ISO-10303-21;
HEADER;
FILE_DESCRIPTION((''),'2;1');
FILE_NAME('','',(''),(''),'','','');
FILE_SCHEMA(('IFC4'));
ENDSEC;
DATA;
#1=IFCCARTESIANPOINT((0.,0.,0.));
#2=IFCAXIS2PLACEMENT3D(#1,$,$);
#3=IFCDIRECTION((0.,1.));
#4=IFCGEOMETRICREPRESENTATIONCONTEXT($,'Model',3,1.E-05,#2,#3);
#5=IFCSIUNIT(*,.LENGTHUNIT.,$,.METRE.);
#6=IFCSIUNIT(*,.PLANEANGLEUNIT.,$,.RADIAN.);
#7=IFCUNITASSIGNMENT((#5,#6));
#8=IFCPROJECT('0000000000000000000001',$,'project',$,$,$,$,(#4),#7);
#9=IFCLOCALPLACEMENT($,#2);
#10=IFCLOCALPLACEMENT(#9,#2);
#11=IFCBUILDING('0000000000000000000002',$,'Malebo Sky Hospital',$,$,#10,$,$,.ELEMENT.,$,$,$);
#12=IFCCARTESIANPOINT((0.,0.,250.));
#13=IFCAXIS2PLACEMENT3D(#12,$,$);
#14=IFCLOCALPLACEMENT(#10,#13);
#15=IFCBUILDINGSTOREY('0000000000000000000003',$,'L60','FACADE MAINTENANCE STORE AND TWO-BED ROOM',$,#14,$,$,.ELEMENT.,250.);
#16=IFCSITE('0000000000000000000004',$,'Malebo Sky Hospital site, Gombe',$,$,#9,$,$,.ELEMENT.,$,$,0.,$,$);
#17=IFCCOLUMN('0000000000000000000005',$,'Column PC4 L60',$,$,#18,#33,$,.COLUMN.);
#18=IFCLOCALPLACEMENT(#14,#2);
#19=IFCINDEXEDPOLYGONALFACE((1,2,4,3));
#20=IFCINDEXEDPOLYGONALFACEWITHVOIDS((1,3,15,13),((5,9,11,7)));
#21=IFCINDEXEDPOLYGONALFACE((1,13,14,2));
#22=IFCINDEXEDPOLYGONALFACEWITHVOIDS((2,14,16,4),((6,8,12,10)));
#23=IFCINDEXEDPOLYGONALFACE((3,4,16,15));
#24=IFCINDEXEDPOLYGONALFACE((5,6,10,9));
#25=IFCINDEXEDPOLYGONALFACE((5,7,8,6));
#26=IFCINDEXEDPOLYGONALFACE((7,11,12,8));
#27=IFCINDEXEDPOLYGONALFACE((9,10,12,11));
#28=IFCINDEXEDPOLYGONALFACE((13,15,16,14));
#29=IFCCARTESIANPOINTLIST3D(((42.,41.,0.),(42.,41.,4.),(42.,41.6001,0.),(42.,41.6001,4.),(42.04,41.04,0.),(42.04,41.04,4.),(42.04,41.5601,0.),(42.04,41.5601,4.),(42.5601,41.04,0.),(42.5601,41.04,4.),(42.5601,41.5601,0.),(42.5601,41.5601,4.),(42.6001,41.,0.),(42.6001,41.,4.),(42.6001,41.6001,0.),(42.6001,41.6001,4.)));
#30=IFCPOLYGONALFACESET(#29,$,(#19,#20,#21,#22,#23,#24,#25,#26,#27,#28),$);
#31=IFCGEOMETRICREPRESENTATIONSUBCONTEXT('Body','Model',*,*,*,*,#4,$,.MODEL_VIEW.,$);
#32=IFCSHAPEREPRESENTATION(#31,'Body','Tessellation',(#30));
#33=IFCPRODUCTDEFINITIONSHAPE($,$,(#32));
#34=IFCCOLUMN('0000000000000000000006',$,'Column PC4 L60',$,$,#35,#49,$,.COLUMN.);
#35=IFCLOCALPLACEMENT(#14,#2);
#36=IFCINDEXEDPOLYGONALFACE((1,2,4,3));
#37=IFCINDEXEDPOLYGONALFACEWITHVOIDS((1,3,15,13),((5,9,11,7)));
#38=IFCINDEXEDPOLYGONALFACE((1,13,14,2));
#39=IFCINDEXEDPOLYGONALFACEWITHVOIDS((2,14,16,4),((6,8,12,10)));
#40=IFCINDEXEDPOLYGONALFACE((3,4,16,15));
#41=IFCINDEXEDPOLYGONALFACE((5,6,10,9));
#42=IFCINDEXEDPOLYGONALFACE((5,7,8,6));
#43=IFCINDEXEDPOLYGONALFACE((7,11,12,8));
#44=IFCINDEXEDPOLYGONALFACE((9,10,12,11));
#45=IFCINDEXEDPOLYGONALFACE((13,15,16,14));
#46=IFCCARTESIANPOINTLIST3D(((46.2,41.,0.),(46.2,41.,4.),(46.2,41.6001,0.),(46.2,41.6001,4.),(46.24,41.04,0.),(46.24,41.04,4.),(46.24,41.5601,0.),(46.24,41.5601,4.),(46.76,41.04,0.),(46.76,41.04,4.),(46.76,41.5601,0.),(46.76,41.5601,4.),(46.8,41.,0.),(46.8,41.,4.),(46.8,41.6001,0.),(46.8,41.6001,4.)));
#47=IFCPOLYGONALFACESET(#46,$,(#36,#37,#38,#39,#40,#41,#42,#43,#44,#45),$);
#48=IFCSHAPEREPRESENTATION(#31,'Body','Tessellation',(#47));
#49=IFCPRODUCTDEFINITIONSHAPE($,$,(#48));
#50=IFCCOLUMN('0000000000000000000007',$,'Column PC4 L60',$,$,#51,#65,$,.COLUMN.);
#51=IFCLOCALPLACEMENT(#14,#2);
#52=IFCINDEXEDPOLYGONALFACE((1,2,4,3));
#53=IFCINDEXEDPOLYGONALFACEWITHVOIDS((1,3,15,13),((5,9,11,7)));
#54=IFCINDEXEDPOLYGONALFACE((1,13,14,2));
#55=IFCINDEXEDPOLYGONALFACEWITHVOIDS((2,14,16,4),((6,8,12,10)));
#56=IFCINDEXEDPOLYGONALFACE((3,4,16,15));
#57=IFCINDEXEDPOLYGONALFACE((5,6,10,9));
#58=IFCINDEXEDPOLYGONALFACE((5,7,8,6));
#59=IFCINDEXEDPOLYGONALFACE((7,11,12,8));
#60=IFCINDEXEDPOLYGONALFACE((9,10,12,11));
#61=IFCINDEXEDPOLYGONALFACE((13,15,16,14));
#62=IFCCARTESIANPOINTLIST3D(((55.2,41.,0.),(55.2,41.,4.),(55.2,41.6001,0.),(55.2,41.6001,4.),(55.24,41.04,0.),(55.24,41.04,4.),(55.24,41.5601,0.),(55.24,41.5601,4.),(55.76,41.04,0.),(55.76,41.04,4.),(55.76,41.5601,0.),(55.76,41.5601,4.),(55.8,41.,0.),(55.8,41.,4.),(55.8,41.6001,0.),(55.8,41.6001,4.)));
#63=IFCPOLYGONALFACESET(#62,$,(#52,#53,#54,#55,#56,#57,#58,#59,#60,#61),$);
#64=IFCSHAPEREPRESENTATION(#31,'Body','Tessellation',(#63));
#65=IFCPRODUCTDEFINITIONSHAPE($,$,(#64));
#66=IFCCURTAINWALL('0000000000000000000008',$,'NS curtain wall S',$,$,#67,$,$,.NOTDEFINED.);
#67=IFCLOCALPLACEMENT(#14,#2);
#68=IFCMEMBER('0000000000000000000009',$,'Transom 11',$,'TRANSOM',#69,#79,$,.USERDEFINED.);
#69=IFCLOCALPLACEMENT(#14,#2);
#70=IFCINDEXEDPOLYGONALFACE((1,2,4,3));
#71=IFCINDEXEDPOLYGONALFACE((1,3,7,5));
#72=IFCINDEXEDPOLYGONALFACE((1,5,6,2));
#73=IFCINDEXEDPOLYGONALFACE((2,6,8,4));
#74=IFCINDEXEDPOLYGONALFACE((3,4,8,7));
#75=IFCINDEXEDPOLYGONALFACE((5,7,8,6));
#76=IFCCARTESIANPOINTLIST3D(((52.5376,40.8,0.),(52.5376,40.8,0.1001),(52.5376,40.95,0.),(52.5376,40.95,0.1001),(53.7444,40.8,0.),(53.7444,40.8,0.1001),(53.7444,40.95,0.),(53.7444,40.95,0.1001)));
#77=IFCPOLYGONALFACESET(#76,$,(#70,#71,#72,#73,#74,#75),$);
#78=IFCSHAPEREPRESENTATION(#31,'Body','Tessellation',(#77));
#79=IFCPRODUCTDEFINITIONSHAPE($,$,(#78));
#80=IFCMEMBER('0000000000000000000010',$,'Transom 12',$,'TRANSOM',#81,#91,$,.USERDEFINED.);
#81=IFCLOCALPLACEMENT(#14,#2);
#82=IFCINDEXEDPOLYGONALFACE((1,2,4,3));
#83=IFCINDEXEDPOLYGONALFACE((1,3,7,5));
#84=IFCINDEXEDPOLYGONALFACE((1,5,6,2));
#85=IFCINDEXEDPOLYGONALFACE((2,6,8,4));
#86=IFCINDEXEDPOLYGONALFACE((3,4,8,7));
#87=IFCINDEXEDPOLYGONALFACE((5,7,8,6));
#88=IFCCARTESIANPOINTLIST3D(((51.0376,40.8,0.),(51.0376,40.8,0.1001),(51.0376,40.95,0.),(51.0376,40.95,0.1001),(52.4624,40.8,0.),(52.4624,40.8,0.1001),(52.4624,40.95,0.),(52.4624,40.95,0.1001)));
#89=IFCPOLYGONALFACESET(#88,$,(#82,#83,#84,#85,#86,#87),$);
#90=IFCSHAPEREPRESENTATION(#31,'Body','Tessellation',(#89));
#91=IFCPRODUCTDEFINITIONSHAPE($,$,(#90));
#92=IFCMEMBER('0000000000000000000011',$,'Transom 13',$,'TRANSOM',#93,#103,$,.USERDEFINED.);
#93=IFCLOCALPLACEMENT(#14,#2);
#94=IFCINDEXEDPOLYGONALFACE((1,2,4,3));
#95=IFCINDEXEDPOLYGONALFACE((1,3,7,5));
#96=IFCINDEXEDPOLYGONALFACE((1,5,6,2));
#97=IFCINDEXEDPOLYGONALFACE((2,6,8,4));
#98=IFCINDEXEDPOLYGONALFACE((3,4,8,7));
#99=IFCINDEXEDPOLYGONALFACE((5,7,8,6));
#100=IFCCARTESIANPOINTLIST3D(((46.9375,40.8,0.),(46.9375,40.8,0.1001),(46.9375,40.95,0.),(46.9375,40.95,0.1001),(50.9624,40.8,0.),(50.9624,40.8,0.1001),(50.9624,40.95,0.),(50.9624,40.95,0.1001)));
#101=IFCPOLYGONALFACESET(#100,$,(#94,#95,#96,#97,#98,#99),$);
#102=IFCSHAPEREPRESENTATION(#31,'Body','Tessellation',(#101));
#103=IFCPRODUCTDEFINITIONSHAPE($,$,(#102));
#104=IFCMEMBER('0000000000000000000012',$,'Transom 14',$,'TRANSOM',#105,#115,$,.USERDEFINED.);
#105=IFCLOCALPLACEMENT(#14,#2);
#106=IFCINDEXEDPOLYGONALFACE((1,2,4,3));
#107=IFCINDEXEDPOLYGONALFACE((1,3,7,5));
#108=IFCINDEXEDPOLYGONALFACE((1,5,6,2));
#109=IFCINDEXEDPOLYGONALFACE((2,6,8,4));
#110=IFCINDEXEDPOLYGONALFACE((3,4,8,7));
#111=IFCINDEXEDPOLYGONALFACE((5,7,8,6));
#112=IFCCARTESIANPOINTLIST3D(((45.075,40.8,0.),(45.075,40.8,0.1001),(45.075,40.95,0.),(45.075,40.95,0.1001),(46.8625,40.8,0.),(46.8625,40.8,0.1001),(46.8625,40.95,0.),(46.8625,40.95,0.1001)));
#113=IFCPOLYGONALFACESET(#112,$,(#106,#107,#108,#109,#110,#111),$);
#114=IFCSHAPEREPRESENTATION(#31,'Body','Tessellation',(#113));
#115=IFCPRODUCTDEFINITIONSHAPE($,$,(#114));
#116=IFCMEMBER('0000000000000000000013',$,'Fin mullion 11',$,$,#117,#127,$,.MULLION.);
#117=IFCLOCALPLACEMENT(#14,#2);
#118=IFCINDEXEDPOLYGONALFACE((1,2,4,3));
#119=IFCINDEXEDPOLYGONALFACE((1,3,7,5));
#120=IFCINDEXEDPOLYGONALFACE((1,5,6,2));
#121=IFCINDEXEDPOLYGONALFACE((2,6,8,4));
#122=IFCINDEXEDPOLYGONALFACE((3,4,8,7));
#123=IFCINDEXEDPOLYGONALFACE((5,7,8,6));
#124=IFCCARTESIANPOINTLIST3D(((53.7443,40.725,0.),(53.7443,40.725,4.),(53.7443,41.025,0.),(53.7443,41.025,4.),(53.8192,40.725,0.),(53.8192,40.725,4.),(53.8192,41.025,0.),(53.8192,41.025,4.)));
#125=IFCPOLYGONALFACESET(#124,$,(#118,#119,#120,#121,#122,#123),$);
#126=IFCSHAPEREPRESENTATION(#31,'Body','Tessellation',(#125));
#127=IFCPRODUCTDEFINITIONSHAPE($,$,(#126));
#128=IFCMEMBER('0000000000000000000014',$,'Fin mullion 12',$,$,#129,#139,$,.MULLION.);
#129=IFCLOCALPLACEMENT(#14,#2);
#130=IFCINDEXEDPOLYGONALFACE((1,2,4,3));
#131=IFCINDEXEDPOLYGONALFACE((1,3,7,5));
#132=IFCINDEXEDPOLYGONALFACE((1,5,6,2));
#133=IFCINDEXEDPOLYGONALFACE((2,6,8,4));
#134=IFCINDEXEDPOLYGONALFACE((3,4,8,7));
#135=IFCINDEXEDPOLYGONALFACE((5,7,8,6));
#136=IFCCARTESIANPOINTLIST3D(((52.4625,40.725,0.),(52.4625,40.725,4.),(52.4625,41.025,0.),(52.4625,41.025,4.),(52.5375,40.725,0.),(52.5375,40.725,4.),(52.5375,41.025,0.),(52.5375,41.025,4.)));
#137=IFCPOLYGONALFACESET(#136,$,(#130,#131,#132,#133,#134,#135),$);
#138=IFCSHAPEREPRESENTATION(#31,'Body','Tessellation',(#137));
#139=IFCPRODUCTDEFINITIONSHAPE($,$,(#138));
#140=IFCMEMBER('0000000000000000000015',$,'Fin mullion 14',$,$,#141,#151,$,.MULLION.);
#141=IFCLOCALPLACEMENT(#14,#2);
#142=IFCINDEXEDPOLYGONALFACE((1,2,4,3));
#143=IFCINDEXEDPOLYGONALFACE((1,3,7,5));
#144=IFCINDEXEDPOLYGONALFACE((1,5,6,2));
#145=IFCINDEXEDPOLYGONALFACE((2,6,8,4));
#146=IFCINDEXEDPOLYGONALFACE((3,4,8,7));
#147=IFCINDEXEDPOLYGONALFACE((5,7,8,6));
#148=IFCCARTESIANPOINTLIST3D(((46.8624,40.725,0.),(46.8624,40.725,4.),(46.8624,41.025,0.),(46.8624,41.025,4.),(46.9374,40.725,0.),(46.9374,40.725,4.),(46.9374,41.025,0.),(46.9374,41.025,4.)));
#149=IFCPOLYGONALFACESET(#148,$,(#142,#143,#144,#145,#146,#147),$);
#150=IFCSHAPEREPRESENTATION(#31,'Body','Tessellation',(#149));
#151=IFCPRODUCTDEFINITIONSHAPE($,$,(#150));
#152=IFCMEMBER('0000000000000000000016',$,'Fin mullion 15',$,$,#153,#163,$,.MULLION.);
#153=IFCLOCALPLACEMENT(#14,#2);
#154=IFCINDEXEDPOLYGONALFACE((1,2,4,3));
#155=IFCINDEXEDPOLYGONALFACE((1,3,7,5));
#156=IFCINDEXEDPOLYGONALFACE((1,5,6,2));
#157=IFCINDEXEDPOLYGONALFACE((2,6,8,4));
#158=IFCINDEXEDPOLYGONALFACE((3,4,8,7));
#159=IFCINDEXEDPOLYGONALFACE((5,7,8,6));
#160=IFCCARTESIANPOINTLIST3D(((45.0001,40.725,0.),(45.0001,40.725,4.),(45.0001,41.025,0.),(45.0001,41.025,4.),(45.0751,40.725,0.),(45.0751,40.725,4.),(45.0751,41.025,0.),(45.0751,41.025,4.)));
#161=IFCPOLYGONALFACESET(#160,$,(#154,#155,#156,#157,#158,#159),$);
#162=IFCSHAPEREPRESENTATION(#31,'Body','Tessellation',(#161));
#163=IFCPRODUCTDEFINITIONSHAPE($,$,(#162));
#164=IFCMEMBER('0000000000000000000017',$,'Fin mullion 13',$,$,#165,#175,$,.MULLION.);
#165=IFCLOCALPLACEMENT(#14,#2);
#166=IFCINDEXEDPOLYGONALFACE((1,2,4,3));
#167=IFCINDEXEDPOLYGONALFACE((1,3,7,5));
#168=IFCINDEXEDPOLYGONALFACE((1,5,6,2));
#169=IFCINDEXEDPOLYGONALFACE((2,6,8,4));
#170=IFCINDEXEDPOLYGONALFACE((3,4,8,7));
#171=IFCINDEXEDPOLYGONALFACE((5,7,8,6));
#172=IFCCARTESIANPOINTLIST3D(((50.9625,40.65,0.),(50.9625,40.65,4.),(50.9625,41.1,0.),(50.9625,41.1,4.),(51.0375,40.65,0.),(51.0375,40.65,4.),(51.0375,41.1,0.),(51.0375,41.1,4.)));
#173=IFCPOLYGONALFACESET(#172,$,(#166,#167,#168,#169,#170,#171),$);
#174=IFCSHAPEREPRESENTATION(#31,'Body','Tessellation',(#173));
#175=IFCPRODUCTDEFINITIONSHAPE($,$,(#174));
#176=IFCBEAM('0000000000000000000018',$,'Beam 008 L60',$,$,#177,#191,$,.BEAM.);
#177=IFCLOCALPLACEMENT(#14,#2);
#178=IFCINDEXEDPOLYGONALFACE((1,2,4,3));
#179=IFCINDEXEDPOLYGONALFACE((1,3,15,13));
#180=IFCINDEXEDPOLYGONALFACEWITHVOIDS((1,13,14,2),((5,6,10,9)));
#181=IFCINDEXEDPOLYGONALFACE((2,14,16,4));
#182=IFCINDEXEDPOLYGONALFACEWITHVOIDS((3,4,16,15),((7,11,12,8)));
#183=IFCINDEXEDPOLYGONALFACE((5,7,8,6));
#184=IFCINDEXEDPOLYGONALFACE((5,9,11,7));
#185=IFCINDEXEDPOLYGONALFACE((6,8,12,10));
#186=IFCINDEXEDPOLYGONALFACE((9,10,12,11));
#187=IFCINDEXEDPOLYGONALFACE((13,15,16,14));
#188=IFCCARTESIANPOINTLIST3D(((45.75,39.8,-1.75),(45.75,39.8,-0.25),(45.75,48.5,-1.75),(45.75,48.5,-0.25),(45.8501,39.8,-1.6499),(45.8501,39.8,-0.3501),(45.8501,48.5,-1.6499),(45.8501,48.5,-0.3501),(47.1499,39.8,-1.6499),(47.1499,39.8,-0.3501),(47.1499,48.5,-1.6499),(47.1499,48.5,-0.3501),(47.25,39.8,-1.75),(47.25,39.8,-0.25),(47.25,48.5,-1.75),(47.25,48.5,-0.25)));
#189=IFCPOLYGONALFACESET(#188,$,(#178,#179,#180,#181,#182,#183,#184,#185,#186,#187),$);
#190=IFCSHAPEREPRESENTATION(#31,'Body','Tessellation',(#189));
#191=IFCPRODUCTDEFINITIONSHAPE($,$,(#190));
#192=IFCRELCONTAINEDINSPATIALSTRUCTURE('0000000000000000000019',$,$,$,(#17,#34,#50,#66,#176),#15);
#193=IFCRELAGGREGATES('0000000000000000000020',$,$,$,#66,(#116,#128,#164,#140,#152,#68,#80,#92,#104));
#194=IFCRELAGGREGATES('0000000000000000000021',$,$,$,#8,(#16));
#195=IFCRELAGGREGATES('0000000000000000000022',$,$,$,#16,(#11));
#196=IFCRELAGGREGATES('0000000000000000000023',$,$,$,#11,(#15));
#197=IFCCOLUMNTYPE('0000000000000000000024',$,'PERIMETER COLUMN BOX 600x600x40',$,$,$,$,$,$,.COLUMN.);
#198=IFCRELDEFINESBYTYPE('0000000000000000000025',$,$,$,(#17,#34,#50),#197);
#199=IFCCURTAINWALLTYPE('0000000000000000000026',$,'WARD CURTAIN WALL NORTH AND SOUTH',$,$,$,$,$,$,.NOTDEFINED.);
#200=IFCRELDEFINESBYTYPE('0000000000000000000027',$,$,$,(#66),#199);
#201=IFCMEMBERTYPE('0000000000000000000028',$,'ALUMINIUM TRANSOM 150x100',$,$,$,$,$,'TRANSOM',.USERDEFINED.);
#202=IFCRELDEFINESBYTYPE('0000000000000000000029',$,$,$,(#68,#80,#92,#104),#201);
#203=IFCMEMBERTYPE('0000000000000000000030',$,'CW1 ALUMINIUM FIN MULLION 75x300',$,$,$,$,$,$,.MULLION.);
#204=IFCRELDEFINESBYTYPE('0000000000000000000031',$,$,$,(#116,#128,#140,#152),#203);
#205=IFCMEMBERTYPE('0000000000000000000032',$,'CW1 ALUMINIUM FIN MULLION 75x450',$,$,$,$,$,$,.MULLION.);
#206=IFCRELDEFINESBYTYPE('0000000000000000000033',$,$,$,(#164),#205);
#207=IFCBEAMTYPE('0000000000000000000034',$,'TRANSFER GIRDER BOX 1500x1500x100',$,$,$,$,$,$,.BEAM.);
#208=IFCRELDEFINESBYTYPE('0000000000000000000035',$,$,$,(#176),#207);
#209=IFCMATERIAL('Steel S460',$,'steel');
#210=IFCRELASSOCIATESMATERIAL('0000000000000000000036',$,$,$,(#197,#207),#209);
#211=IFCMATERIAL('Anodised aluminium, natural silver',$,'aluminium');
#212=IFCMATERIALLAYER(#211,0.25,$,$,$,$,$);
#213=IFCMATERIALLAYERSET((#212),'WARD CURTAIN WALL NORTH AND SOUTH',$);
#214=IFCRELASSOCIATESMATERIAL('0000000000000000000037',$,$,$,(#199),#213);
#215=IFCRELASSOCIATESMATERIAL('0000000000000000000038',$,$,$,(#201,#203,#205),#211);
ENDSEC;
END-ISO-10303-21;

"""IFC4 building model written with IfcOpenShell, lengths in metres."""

from ifc_helpers import new_model, si_unit, direction, frame, origin, origin_2d, place, context, subcontext, project, spatial, rectangle, hollow_rectangle, extrude, material, layer, layer_set, material_profile, profile_set, type_object, element, aggregate, save


model = new_model("IFC4")

# Units and contexts
model_context = context("Model", 3, precision=1e-05, world=origin(), true_north=direction((0.0, 1.0)))
body_context = subcontext(model_context, "Body", "Model", "MODEL_VIEW")
ifc_project = project(units=[si_unit("LENGTHUNIT", "METRE"), si_unit("PLANEANGLEUNIT", "RADIAN")], contexts=[model_context])

# Site, building, storey
site_placement = place(None, origin())
site = spatial("IfcSite", under=ifc_project, at=site_placement, Name="Malebo Sky Hospital site, Gombe", CompositionType="ELEMENT", RefElevation=0.0)
building_placement = place(site_placement, origin())
building = spatial("IfcBuilding", under=site, at=building_placement, Name="Malebo Sky Hospital", CompositionType="ELEMENT")
storey_placement = place(building_placement, frame((0.0, 0.0, 250.0)))
storey = spatial("IfcBuildingStorey", under=building, at=storey_placement, Name="L60", Description="FACADE MAINTENANCE STORE AND TWO-BED ROOM", CompositionType="ELEMENT", Elevation=250.0)

# Columns
ifc_material_1 = material(Name="Steel S460", Category="steel")
ifc_material_profile_1 = material_profile(ifc_material_1, hollow_rectangle(XDim=0.6001, YDim=0.6001, WallThickness=0.04, at=origin_2d()), Name="BOX 600x600x40")
ifc_profile_set_1 = profile_set([ifc_material_profile_1], Name="Steel S460")
column_type = type_object("IfcColumnType", Name="PERIMETER COLUMN BOX 600x600x40", PredefinedType="COLUMN", material=ifc_profile_set_1)
for number, where, z_axis, x_axis, name in (
    (1, (42.3, 41.3, 0.0), (0.0, 0.0, 1.0), (1.0, 0.0, 0.0), "Column PC4 L60"),
    (2, (46.5, 41.3, 0.0), (0.0, 0.0, 1.0), (1.0, 0.0, 0.0), "Column PC4 L60"),
    (3, (55.5, 41.3, 0.0), (0.0, 0.0, 1.0), (1.0, 0.0, 0.0), "Column PC4 L60"),
):
    element("IfcColumn", number, at=place(storey_placement, frame(where, z_axis=z_axis, x_axis=x_axis)), inside=storey, type_object=column_type, Name=name, PredefinedType="COLUMN", context=body_context, shape_type="SweptSolid", body=[
        extrude(hollow_rectangle(XDim=0.6001, YDim=0.6001, WallThickness=0.04, at=origin_2d()), origin(), (0.0, 0.0, 1.0), 4.0),
    ])

# Curtain wall, members
ifc_material_2 = material(Name="Anodised aluminium, natural silver", Category="aluminium")
ifc_layer_1 = layer(ifc_material_2, 0.25)
ifc_layer_set_1 = layer_set([ifc_layer_1], Name="WARD CURTAIN WALL NORTH AND SOUTH")
curtain_wall_type = type_object("IfcCurtainWallType", Name="WARD CURTAIN WALL NORTH AND SOUTH", PredefinedType="NOTDEFINED", material=ifc_layer_set_1)
curtain_wall_placement = place(storey_placement, origin())
curtain_wall = element("IfcCurtainWall", 4, at=curtain_wall_placement, inside=storey, type_object=curtain_wall_type, Name="NS curtain wall S", PredefinedType="NOTDEFINED")
ifc_material_profile_2 = material_profile(ifc_material_2, rectangle(XDim=0.1499, YDim=0.1001, at=origin_2d()), Name="ALUMINIUM TRANSOM 150x100")
ifc_profile_set_2 = profile_set([ifc_material_profile_2], Name="Anodised aluminium, natural silver")
member_type_1 = type_object("IfcMemberType", Name="ALUMINIUM TRANSOM 150x100", ElementType="TRANSOM", PredefinedType="USERDEFINED", material=ifc_profile_set_2)
member_1_placement = place(storey_placement, frame((53.7444, 40.875, 0.05), z_axis=(-1.0, 0.0, 0.0), x_axis=(0.0, -1.0, 0.0)))
member_1 = element("IfcMember", 5, at=member_1_placement, type_object=member_type_1, Name="Transom 11", ObjectType="TRANSOM", PredefinedType="USERDEFINED", context=body_context, shape_type="SweptSolid", body=[
    extrude(rectangle(XDim=0.1499, YDim=0.1001, at=origin_2d()), origin(), (0.0, 0.0, 1.0), 1.2068),
])
member_2_placement = place(storey_placement, frame((52.4624, 40.875, 0.05), z_axis=(-1.0, 0.0, 0.0), x_axis=(0.0, -1.0, 0.0)))
member_2 = element("IfcMember", 6, at=member_2_placement, type_object=member_type_1, Name="Transom 12", ObjectType="TRANSOM", PredefinedType="USERDEFINED", context=body_context, shape_type="SweptSolid", body=[
    extrude(rectangle(XDim=0.1499, YDim=0.1001, at=origin_2d()), origin(), (0.0, 0.0, 1.0), 1.4248),
])
member_3_placement = place(storey_placement, frame((50.9624, 40.875, 0.05), z_axis=(-1.0, 0.0, 0.0), x_axis=(0.0, -1.0, 0.0)))
member_3 = element("IfcMember", 7, at=member_3_placement, type_object=member_type_1, Name="Transom 13", ObjectType="TRANSOM", PredefinedType="USERDEFINED", context=body_context, shape_type="SweptSolid", body=[
    extrude(rectangle(XDim=0.1499, YDim=0.1001, at=origin_2d()), origin(), (0.0, 0.0, 1.0), 4.0249),
])
member_4_placement = place(storey_placement, frame((46.8625, 40.875, 0.05), z_axis=(-1.0, 0.0, 0.0), x_axis=(0.0, -1.0, 0.0)))
member_4 = element("IfcMember", 8, at=member_4_placement, type_object=member_type_1, Name="Transom 14", ObjectType="TRANSOM", PredefinedType="USERDEFINED", context=body_context, shape_type="SweptSolid", body=[
    extrude(rectangle(XDim=0.1499, YDim=0.1001, at=origin_2d()), origin(), (0.0, 0.0, 1.0), 1.7876),
])
ifc_material_profile_3 = material_profile(ifc_material_2, rectangle(XDim=0.075, YDim=0.3, at=origin_2d()), Name="CW1 ALUMINIUM FIN MULLION 75x300")
ifc_profile_set_3 = profile_set([ifc_material_profile_3], Name="Anodised aluminium, natural silver")
member_type_2 = type_object("IfcMemberType", Name="CW1 ALUMINIUM FIN MULLION 75x300", PredefinedType="MULLION", material=ifc_profile_set_3)
member_5_placement = place(storey_placement, frame((53.7817, 40.875, 0.0), z_axis=(0.0, 0.0, 1.0), x_axis=(-1.0, 0.0, 0.0)))
member_5 = element("IfcMember", 9, at=member_5_placement, type_object=member_type_2, Name="Fin mullion 11", PredefinedType="MULLION", context=body_context, shape_type="SweptSolid", body=[
    extrude(rectangle(XDim=0.075, YDim=0.3, at=origin_2d()), origin(), (0.0, 0.0, 1.0), 4.0),
])
member_6_placement = place(storey_placement, frame((52.5, 40.875, 0.0), z_axis=(0.0, 0.0, 1.0), x_axis=(-1.0, 0.0, 0.0)))
member_6 = element("IfcMember", 10, at=member_6_placement, type_object=member_type_2, Name="Fin mullion 12", PredefinedType="MULLION", context=body_context, shape_type="SweptSolid", body=[
    extrude(rectangle(XDim=0.075, YDim=0.3, at=origin_2d()), origin(), (0.0, 0.0, 1.0), 4.0),
])
member_7_placement = place(storey_placement, frame((46.8999, 40.875, 0.0), z_axis=(0.0, 0.0, 1.0), x_axis=(-1.0, 0.0, 0.0)))
member_7 = element("IfcMember", 11, at=member_7_placement, type_object=member_type_2, Name="Fin mullion 14", PredefinedType="MULLION", context=body_context, shape_type="SweptSolid", body=[
    extrude(rectangle(XDim=0.075, YDim=0.3, at=origin_2d()), origin(), (0.0, 0.0, 1.0), 4.0),
])
member_8_placement = place(storey_placement, frame((45.0376, 40.875, 0.0), z_axis=(0.0, 0.0, 1.0), x_axis=(-1.0, 0.0, 0.0)))
member_8 = element("IfcMember", 12, at=member_8_placement, type_object=member_type_2, Name="Fin mullion 15", PredefinedType="MULLION", context=body_context, shape_type="SweptSolid", body=[
    extrude(rectangle(XDim=0.075, YDim=0.3, at=origin_2d()), origin(), (0.0, 0.0, 1.0), 4.0),
])
ifc_material_profile_4 = material_profile(ifc_material_2, rectangle(XDim=0.075, YDim=0.45, at=origin_2d()), Name="CW1 ALUMINIUM FIN MULLION 75x450")
ifc_profile_set_4 = profile_set([ifc_material_profile_4], Name="Anodised aluminium, natural silver")
member_type_3 = type_object("IfcMemberType", Name="CW1 ALUMINIUM FIN MULLION 75x450", PredefinedType="MULLION", material=ifc_profile_set_4)
member_9_placement = place(storey_placement, frame((51.0, 40.875, 0.0), z_axis=(0.0, 0.0, 1.0), x_axis=(-1.0, 0.0, 0.0)))
member_9 = element("IfcMember", 13, at=member_9_placement, type_object=member_type_3, Name="Fin mullion 13", PredefinedType="MULLION", context=body_context, shape_type="SweptSolid", body=[
    extrude(rectangle(XDim=0.075, YDim=0.45, at=origin_2d()), origin(), (0.0, 0.0, 1.0), 4.0),
])

# Beam
ifc_material_profile_5 = material_profile(ifc_material_1, hollow_rectangle(XDim=1.5, YDim=1.5, WallThickness=0.1001, at=origin_2d()), Name="BOX 1500x1500x100")
ifc_profile_set_5 = profile_set([ifc_material_profile_5], Name="Steel S460")
beam_type_1 = type_object("IfcBeamType", Name="TRANSFER GIRDER BOX 1500x1500x100", PredefinedType="BEAM", material=ifc_profile_set_5)
for number, where, z_axis, x_axis, name in (
    (14, (46.5, 39.8, -1.0), (0.0, 1.0, 0.0), (-1.0, 0.0, 0.0), "Beam 008 L60"),
):
    element("IfcBeam", number, at=place(storey_placement, frame(where, z_axis=z_axis, x_axis=x_axis)), inside=storey, type_object=beam_type_1, Name=name, PredefinedType="BEAM", context=body_context, shape_type="SweptSolid", body=[
        extrude(hollow_rectangle(XDim=1.5, YDim=1.5, WallThickness=0.1001, at=origin_2d()), origin(), (0.0, 0.0, 1.0), 8.7),
    ])

aggregate(curtain_wall, [member_5, member_6, member_9, member_7, member_8, member_1, member_2, member_3, member_4])

save(model, "model.ifc")
